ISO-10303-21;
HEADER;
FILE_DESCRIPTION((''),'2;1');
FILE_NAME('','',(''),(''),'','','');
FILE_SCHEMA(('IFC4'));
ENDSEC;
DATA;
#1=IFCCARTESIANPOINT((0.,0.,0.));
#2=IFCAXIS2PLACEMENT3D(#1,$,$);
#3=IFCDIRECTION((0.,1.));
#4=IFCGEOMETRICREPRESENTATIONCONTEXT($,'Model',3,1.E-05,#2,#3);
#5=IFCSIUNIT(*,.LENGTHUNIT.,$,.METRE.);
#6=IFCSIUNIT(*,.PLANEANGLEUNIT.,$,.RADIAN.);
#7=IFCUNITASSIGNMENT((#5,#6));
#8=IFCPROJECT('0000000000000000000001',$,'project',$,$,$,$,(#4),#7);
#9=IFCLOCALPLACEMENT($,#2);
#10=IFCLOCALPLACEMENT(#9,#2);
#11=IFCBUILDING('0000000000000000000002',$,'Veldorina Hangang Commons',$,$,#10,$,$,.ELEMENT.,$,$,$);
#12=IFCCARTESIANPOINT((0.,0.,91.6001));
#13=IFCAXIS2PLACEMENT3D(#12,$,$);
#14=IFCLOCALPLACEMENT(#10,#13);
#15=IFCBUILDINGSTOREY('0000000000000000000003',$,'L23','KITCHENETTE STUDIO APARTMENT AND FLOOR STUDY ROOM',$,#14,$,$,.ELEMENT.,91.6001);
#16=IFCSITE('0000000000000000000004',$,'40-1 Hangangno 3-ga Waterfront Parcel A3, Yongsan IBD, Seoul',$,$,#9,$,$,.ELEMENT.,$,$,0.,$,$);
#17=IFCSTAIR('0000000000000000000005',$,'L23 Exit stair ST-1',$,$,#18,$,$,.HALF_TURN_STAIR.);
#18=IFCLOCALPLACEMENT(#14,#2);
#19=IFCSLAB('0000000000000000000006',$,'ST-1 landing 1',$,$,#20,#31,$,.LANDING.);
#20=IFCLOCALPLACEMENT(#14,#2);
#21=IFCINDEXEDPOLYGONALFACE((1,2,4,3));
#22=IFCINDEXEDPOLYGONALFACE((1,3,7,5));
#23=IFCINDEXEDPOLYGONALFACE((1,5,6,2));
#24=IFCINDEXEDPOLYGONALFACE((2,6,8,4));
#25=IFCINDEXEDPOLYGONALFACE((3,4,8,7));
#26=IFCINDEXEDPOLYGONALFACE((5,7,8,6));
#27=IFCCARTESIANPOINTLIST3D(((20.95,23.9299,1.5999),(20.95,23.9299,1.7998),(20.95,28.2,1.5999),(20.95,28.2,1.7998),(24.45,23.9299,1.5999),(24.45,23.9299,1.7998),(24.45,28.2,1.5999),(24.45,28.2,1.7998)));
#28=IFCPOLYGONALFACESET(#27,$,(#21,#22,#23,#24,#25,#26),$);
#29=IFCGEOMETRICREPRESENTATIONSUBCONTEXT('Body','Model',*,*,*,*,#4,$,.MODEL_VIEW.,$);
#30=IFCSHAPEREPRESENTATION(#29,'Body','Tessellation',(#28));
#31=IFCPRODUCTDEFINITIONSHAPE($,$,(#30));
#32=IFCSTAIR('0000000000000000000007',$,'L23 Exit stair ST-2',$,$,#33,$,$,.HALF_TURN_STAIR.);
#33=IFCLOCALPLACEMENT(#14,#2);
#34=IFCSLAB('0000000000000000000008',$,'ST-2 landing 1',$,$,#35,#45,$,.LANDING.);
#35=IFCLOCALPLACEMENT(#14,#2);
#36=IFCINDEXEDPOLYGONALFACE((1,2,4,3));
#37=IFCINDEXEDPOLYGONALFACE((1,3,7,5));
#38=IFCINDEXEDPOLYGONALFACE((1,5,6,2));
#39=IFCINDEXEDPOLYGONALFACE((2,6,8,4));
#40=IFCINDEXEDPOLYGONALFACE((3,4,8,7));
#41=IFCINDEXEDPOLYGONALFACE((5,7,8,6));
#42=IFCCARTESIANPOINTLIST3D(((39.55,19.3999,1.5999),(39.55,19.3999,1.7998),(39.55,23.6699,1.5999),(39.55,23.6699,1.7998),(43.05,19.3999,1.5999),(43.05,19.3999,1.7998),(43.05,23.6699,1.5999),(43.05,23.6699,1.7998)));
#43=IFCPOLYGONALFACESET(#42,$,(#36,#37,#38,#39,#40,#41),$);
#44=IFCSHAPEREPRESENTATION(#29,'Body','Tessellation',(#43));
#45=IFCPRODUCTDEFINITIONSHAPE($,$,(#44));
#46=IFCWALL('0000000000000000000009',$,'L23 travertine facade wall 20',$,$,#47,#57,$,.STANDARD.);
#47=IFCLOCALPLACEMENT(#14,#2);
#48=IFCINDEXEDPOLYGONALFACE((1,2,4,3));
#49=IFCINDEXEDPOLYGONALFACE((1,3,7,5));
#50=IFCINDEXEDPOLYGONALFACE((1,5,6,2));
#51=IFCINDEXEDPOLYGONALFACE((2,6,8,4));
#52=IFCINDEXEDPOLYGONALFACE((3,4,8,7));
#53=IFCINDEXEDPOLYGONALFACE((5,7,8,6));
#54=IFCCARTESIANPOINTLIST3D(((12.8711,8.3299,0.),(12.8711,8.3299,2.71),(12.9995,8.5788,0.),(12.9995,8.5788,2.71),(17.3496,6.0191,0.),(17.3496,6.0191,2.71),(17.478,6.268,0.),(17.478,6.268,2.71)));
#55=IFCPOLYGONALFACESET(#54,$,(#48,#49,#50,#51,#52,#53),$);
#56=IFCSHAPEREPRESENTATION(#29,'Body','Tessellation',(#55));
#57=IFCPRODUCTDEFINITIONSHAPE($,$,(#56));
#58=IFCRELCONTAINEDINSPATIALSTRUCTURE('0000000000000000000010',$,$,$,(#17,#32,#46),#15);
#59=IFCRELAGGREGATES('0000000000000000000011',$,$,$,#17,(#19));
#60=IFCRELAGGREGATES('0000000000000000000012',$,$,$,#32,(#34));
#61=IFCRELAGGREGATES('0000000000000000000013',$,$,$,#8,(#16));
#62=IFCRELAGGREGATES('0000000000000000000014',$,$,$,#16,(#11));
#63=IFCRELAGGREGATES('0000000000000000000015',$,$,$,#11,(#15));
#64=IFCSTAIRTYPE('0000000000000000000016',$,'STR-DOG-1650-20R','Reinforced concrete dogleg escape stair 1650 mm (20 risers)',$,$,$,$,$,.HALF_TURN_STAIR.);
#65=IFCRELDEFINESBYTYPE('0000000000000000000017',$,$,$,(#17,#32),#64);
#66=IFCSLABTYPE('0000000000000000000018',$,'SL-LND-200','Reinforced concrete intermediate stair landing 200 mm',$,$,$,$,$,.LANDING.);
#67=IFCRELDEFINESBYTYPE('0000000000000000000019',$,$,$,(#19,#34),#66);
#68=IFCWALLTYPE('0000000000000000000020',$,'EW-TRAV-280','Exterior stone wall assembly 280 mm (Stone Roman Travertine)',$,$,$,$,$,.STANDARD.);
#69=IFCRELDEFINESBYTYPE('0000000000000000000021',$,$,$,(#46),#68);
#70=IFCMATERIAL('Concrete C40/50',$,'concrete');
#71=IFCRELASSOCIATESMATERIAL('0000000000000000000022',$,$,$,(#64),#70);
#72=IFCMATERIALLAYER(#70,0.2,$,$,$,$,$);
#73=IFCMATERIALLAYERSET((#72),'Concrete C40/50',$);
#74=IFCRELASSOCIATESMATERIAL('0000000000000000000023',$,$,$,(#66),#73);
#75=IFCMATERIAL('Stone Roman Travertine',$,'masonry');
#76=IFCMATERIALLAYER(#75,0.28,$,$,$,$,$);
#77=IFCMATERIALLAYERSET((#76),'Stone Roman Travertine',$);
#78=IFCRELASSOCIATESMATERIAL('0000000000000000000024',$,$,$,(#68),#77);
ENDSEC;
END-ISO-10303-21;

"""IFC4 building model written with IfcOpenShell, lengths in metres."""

from ifc_helpers import new_model, si_unit, direction, frame, frame_2d, origin, place, context, subcontext, project, spatial, polyline, rectangle, outline, extrude, material, layer, layer_set, type_object, element, aggregate, save


model = new_model("IFC4")

# Units and contexts
model_context = context("Model", 3, precision=1e-05, world=origin(), true_north=direction((0.0, 1.0)))
body_context = subcontext(model_context, "Body", "Model", "MODEL_VIEW")
ifc_project = project(units=[si_unit("LENGTHUNIT", "METRE"), si_unit("PLANEANGLEUNIT", "RADIAN")], contexts=[model_context])

# Site, building, storey
site_placement = place(None, origin())
site = spatial("IfcSite", under=ifc_project, at=site_placement, Name="40-1 Hangangno 3-ga Waterfront Parcel A3, Yongsan IBD, Seoul", CompositionType="ELEMENT", RefElevation=0.0)
building_placement = place(site_placement, origin())
building = spatial("IfcBuilding", under=site, at=building_placement, Name="Veldorina Hangang Commons", CompositionType="ELEMENT")
storey_placement = place(building_placement, frame((0.0, 0.0, 91.6001)))
storey = spatial("IfcBuildingStorey", under=building, at=storey_placement, Name="L23", Description="KITCHENETTE STUDIO APARTMENT AND FLOOR STUDY ROOM", CompositionType="ELEMENT", Elevation=91.6001)

# Shared definitions
ifc_material_1 = material(Name="Concrete C40/50", Category="concrete")

# Stairs, slabs
stair_type = type_object("IfcStairType", Name="STR-DOG-1650-20R", Description="Reinforced concrete dogleg escape stair 1650 mm (20 risers)", PredefinedType="HALF_TURN_STAIR", material=ifc_material_1)
stair_1_placement = place(storey_placement, origin())
stair_1 = element("IfcStair", 1, at=stair_1_placement, inside=storey, type_object=stair_type, Name="L23 Exit stair ST-1", PredefinedType="HALF_TURN_STAIR")
ifc_layer_1 = layer(ifc_material_1, 0.2)
ifc_layer_set_1 = layer_set([ifc_layer_1], Name="Concrete C40/50")
slab_type_1 = type_object("IfcSlabType", Name="SL-LND-200", Description="Reinforced concrete intermediate stair landing 200 mm", PredefinedType="LANDING", material=ifc_layer_set_1)
slab_1_placement = place(storey_placement, frame((0.0, 0.0, 1.5999)))
slab_1 = element("IfcSlab", 2, at=slab_1_placement, type_object=slab_type_1, Name="ST-1 landing 1", PredefinedType="LANDING", context=body_context, shape_type="SweptSolid", body=[
    extrude(outline(polyline([(24.45, 23.9299), (24.45, 28.2), (20.95, 28.2), (20.95, 23.9299), (24.45, 23.9299)])), origin(), (0.0, 0.0, 1.0), 0.2),
])
aggregate(stair_1, [slab_1])
stair_2_placement = place(storey_placement, origin())
stair_2 = element("IfcStair", 3, at=stair_2_placement, inside=storey, type_object=stair_type, Name="L23 Exit stair ST-2", PredefinedType="HALF_TURN_STAIR")
slab_2_placement = place(storey_placement, frame((0.0, 0.0, 1.5999)))
slab_2 = element("IfcSlab", 4, at=slab_2_placement, type_object=slab_type_1, Name="ST-2 landing 1", PredefinedType="LANDING", context=body_context, shape_type="SweptSolid", body=[
    extrude(outline(polyline([(39.55, 23.6699), (39.55, 19.3999), (43.05, 19.3999), (43.05, 23.6699), (39.55, 23.6699)])), origin(), (0.0, 0.0, 1.0), 0.2),
])
aggregate(stair_2, [slab_2])

# Wall
ifc_material_2 = material(Name="Stone Roman Travertine", Category="masonry")
ifc_layer_2 = layer(ifc_material_2, 0.28)
ifc_layer_set_2 = layer_set([ifc_layer_2], Name="Stone Roman Travertine")
wall_type = type_object("IfcWallType", Name="EW-TRAV-280", Description="Exterior stone wall assembly 280 mm (Stone Roman Travertine)", PredefinedType="STANDARD", material=ifc_layer_set_2)
wall_placement = place(storey_placement, frame((12.9353, 8.4543, 0.0), z_axis=(0.0, 0.0, 1.0), x_axis=(0.888677, -0.458533, 0.0)))
element("IfcWall", 5, at=wall_placement, inside=storey, type_object=wall_type, Name="L23 travertine facade wall 20", PredefinedType="STANDARD", context=body_context, shape_type="SweptSolid", body=[
    extrude(rectangle(XDim=5.0396, YDim=0.28, at=frame_2d((2.5198, 0.0))), origin(), (0.0, 0.0, 1.0), 2.71),
])

save(model, "model.ifc")
